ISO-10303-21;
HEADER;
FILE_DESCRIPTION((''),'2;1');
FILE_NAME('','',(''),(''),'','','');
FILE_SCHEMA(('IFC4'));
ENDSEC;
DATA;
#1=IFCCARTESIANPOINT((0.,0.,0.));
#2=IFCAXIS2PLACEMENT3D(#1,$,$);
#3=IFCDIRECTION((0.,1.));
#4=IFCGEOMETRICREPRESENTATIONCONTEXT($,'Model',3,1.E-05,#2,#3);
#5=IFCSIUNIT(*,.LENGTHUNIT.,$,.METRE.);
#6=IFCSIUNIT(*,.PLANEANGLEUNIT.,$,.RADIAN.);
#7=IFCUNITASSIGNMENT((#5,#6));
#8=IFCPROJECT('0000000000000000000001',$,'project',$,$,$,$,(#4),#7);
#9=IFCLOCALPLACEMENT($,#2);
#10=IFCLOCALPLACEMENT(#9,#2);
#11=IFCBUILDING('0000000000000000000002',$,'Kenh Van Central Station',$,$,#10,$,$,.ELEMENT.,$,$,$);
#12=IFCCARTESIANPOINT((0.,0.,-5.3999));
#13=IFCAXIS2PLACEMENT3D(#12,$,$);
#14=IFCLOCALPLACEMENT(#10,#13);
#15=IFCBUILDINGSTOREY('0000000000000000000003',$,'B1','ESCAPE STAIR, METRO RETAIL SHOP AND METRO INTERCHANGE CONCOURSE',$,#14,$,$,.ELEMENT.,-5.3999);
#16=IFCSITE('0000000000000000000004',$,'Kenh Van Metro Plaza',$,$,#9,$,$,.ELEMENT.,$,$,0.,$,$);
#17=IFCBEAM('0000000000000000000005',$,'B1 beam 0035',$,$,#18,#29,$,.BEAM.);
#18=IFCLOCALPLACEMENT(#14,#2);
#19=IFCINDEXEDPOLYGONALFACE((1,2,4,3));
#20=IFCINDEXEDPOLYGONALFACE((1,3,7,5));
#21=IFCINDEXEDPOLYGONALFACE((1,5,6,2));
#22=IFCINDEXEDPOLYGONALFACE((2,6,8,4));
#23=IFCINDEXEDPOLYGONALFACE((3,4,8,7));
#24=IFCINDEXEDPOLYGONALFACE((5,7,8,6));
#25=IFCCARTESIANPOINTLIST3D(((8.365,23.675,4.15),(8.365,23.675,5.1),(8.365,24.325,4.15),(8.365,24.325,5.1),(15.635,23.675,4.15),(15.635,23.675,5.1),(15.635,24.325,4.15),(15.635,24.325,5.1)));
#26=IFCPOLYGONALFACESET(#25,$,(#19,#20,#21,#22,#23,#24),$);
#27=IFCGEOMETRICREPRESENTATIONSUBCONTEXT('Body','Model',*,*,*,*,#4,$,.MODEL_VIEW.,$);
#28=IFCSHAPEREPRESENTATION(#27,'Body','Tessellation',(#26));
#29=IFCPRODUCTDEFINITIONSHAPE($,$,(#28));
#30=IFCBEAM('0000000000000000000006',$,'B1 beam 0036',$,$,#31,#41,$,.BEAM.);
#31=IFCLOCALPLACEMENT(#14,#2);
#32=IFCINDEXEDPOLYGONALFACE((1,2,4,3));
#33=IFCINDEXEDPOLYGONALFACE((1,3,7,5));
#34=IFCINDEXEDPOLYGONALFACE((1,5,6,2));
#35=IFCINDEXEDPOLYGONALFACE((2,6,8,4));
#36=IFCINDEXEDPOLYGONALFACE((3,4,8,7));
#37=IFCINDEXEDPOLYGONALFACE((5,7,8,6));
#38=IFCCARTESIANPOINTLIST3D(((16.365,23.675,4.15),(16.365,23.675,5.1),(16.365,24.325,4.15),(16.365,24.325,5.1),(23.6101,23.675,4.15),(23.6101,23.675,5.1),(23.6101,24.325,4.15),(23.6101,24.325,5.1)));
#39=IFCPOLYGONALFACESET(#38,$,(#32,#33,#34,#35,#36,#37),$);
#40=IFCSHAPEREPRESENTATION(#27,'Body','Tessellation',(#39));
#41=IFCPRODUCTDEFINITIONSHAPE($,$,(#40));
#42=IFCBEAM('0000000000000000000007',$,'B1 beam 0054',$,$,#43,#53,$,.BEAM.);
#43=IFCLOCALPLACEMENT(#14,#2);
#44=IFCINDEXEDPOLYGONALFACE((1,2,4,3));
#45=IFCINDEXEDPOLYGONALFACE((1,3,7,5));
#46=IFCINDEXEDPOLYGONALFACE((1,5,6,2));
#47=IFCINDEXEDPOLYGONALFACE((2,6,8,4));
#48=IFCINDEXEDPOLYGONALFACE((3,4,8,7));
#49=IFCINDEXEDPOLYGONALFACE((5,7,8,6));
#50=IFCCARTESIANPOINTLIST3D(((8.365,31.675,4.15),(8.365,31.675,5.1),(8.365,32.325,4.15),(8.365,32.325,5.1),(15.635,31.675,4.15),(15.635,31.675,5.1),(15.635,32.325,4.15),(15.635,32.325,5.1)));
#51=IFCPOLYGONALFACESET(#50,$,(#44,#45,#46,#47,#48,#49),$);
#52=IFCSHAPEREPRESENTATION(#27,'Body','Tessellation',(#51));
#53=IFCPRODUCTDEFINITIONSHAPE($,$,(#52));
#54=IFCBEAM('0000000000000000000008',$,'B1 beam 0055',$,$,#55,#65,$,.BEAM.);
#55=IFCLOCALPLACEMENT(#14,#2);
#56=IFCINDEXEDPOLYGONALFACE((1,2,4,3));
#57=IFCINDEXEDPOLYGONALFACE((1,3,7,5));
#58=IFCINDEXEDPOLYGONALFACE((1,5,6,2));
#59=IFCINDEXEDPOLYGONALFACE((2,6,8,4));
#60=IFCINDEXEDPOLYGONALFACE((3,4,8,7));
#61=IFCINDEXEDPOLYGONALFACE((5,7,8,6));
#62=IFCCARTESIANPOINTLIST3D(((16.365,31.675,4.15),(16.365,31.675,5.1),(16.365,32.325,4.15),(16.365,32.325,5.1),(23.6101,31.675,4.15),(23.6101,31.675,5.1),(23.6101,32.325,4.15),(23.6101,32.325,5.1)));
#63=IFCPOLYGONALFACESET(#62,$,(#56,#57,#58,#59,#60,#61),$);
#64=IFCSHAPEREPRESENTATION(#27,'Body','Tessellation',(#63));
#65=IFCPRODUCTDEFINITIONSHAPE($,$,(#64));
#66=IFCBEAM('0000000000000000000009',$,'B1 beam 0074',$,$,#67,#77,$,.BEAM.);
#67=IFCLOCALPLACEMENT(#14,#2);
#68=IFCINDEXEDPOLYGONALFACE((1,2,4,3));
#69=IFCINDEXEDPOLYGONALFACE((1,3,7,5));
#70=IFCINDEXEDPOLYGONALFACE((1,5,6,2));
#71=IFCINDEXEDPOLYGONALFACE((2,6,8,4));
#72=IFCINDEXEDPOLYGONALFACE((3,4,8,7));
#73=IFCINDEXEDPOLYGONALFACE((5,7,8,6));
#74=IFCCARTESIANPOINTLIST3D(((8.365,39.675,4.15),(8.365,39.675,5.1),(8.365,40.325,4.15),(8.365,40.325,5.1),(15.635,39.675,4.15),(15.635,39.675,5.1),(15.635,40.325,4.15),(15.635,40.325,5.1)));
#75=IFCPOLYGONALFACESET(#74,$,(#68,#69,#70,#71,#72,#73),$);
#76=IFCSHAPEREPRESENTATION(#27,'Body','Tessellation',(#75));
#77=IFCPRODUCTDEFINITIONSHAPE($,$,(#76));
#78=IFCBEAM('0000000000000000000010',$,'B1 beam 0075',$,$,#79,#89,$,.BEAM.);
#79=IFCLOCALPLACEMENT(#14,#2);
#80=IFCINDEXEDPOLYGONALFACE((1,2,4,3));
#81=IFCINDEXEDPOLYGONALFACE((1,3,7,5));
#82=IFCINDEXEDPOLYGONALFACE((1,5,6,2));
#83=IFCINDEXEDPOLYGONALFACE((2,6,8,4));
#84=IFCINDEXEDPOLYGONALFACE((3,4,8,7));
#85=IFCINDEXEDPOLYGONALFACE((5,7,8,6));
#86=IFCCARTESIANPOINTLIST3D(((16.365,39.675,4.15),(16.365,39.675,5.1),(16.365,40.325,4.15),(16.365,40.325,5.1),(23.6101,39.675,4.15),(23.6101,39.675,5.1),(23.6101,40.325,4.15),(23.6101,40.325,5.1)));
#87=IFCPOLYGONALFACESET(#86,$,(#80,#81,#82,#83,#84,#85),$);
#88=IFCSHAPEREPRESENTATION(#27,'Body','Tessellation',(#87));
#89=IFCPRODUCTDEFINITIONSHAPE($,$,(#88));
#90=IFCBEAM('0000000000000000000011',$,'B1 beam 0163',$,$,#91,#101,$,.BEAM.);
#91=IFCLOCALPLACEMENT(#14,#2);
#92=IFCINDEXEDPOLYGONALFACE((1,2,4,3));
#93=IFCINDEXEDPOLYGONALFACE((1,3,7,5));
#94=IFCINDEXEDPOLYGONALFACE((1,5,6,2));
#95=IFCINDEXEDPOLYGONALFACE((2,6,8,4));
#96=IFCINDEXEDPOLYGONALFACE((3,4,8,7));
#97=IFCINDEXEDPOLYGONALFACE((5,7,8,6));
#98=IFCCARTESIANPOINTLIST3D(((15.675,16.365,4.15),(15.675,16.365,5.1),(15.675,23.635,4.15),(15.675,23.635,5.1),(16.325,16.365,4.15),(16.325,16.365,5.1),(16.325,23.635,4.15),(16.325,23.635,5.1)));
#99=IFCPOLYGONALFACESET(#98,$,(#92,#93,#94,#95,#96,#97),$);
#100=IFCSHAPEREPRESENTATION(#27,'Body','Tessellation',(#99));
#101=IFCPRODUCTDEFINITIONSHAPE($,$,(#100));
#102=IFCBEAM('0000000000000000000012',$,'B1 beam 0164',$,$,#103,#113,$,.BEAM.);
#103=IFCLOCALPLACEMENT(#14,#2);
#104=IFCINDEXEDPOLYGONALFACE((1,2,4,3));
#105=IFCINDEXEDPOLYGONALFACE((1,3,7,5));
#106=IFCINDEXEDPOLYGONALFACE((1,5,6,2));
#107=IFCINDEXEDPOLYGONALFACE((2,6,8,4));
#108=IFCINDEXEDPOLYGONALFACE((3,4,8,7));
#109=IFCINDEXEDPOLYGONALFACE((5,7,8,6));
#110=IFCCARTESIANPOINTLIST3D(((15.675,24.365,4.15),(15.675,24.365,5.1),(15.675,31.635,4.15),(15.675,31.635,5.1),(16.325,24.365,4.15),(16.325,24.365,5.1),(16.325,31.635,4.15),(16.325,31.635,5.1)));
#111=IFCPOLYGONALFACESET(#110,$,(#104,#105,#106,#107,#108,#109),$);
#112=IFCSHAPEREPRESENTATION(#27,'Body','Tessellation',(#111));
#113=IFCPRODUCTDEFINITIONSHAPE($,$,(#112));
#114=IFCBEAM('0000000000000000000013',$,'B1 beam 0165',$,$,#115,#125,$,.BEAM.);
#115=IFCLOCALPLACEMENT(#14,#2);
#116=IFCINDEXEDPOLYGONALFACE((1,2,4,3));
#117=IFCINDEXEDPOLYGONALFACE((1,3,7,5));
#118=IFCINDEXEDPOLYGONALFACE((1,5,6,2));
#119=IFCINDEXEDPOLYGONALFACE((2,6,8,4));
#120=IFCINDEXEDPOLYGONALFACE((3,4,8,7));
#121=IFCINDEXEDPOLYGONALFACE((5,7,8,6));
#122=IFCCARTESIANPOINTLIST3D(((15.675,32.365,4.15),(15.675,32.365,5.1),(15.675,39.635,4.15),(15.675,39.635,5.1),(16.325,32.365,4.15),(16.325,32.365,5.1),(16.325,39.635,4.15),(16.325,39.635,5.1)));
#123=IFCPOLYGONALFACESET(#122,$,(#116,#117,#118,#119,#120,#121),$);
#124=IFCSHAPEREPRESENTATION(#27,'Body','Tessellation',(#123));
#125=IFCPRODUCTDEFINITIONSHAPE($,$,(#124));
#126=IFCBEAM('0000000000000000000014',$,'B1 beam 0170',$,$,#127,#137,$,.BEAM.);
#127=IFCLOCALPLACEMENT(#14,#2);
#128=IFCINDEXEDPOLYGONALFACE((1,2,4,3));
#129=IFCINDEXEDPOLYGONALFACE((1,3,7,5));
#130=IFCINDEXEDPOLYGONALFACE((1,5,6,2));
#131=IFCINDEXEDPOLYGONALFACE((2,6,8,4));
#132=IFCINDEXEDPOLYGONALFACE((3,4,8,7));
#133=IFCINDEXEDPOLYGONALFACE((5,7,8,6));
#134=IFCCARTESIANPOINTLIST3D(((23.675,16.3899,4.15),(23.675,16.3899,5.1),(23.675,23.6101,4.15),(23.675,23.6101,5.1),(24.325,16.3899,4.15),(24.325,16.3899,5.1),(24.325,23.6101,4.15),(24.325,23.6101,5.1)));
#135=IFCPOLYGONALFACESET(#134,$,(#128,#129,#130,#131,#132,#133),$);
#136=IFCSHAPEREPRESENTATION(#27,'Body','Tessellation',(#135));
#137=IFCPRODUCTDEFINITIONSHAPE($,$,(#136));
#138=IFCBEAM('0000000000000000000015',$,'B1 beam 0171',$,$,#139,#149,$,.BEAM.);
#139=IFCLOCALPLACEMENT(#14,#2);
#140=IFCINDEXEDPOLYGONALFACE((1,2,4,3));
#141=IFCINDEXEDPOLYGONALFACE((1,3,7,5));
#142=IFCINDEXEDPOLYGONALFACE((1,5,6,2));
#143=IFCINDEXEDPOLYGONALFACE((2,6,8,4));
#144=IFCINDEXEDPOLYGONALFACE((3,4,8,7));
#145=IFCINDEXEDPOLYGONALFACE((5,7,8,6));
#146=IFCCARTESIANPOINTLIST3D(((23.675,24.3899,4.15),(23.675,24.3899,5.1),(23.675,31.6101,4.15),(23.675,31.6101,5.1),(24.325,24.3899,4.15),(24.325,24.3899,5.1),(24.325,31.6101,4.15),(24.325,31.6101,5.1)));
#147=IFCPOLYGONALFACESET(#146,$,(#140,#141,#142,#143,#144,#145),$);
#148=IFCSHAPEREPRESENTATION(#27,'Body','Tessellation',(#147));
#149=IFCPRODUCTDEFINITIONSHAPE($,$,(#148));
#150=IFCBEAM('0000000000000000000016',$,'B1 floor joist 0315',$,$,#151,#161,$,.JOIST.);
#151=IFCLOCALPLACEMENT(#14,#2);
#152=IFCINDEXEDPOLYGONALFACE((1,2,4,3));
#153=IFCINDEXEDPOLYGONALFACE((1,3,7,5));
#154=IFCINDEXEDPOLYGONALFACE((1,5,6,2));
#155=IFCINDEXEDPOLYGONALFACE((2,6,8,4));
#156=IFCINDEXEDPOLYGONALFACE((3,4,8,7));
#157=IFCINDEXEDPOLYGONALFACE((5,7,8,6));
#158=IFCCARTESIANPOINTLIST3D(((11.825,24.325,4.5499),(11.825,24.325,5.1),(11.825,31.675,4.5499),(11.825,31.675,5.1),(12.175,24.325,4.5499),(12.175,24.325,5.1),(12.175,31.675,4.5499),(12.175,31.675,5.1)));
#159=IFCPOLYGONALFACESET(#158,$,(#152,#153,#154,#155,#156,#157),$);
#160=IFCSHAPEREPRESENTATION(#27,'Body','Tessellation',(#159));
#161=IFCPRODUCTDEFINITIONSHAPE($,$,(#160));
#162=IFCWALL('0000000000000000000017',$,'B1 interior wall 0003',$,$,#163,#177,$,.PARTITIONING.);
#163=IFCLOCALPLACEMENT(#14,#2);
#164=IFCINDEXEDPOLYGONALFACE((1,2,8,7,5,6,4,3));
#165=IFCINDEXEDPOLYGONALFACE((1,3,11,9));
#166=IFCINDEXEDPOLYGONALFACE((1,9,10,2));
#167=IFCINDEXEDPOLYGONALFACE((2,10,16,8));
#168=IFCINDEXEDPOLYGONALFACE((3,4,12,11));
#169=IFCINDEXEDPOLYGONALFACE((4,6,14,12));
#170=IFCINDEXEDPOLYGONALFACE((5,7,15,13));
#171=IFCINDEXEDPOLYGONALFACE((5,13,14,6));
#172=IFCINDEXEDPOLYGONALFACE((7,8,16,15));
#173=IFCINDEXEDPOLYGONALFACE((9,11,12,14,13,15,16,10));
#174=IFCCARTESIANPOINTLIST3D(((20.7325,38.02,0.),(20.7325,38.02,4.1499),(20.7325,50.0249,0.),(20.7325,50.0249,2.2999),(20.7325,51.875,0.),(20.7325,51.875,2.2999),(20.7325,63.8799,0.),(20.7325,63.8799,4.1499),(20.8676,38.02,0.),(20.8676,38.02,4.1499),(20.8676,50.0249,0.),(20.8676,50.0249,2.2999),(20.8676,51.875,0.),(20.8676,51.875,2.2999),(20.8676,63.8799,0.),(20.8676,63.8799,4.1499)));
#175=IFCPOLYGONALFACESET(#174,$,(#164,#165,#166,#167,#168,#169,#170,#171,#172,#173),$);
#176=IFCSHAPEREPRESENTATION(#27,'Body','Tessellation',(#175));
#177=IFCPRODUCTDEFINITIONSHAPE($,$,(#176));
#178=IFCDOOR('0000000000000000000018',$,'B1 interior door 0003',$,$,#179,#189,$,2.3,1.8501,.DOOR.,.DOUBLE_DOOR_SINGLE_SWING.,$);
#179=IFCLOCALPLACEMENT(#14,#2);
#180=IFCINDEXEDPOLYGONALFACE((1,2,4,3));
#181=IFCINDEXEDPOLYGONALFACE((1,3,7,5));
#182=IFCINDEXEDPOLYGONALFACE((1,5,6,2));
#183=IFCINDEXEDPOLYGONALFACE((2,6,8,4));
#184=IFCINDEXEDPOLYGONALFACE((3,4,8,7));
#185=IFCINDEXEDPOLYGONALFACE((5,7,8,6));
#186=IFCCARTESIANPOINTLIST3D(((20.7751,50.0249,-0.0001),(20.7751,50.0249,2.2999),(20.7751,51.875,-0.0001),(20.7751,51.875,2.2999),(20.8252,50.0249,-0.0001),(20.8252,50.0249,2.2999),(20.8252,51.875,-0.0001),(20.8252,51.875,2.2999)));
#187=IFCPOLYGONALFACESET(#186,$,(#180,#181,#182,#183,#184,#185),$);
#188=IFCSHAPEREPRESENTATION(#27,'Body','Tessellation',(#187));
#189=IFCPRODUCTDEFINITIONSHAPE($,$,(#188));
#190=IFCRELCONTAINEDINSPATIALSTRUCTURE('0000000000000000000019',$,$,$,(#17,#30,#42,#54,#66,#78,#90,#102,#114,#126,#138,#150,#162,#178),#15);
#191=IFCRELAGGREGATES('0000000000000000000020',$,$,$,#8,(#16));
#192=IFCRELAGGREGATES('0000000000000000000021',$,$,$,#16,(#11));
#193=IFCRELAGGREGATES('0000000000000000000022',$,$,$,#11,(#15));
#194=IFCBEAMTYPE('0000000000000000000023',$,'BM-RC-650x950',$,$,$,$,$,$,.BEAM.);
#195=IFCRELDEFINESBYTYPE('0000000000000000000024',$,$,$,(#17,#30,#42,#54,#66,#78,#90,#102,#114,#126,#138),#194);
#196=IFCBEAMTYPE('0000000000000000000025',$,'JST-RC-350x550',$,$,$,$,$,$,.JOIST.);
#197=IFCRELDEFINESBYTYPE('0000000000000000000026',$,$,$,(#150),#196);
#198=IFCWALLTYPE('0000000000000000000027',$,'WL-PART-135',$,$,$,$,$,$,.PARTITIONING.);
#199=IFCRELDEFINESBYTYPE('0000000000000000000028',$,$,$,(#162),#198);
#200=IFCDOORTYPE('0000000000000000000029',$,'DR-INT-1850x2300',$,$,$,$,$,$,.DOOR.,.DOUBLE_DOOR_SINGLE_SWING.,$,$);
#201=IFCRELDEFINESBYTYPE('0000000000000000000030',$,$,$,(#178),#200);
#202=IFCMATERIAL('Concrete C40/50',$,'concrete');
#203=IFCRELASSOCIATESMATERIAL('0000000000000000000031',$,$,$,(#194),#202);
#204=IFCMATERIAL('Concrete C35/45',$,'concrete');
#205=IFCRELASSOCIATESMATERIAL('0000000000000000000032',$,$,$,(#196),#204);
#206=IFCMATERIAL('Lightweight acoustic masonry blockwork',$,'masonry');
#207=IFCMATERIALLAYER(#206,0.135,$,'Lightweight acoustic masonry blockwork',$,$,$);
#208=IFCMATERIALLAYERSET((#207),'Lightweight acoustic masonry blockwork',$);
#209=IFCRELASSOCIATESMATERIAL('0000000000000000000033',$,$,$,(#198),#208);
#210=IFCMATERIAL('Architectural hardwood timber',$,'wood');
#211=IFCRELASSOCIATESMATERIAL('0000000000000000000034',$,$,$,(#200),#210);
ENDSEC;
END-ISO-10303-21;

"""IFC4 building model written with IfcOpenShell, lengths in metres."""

from ifc_helpers import new_model, si_unit, direction, frame, frame_2d, origin, origin_2d, place, context, subcontext, project, spatial, rectangle, extrude, material, layer, layer_set, material_profile, profile_set, type_object, element, fill, save


model = new_model("IFC4")

# Units and contexts
model_context = context("Model", 3, precision=1e-05, world=origin(), true_north=direction((0.0, 1.0)))
body_context = subcontext(model_context, "Body", "Model", "MODEL_VIEW")
ifc_project = project(units=[si_unit("LENGTHUNIT", "METRE"), si_unit("PLANEANGLEUNIT", "RADIAN")], contexts=[model_context])

# Site, building, storey
site_placement = place(None, origin())
site = spatial("IfcSite", under=ifc_project, at=site_placement, Name="Kenh Van Metro Plaza", CompositionType="ELEMENT", RefElevation=0.0)
building_placement = place(site_placement, origin())
building = spatial("IfcBuilding", under=site, at=building_placement, Name="Kenh Van Central Station", CompositionType="ELEMENT")
storey_placement = place(building_placement, frame((0.0, 0.0, -5.3999)))
storey = spatial("IfcBuildingStorey", under=building, at=storey_placement, Name="B1", Description="ESCAPE STAIR, METRO RETAIL SHOP AND METRO INTERCHANGE CONCOURSE", CompositionType="ELEMENT", Elevation=-5.3999)

# Shared definitions
ifc_material_1 = material(Name="Concrete C40/50", Category="concrete")

# Beams
ifc_material_profile_1 = material_profile(ifc_material_1, rectangle(XDim=0.6499, YDim=0.95, at=origin_2d()), Name="RC 650x950")
ifc_profile_set_1 = profile_set([ifc_material_profile_1], Name="Concrete C40/50")
beam_type_1 = type_object("IfcBeamType", Name="BM-RC-650x950", PredefinedType="BEAM", material=ifc_profile_set_1)
beam_1_placement = place(storey_placement, frame((8.365, 24.0, 4.625), z_axis=(1.0, 0.0, 0.0), x_axis=(0.0, 1.0, 0.0)))
element("IfcBeam", 1, at=beam_1_placement, inside=storey, type_object=beam_type_1, Name="B1 beam 0035", PredefinedType="BEAM", context=body_context, shape_type="SweptSolid", body=[
    extrude(rectangle(XDim=0.6499, YDim=0.95, at=origin_2d()), origin(), (0.0, 0.0, 1.0), 7.27),
])
beam_2_placement = place(storey_placement, frame((16.365, 24.0, 4.625), z_axis=(1.0, 0.0, 0.0), x_axis=(0.0, 1.0, 0.0)))
element("IfcBeam", 2, at=beam_2_placement, inside=storey, type_object=beam_type_1, Name="B1 beam 0036", PredefinedType="BEAM", context=body_context, shape_type="SweptSolid", body=[
    extrude(rectangle(XDim=0.6499, YDim=0.95, at=origin_2d()), origin(), (0.0, 0.0, 1.0), 7.2451),
])
beam_3_placement = place(storey_placement, frame((8.365, 32.0, 4.625), z_axis=(1.0, 0.0, 0.0), x_axis=(0.0, 1.0, 0.0)))
element("IfcBeam", 3, at=beam_3_placement, inside=storey, type_object=beam_type_1, Name="B1 beam 0054", PredefinedType="BEAM", context=body_context, shape_type="SweptSolid", body=[
    extrude(rectangle(XDim=0.6499, YDim=0.95, at=origin_2d()), origin(), (0.0, 0.0, 1.0), 7.27),
])
beam_4_placement = place(storey_placement, frame((16.365, 32.0, 4.625), z_axis=(1.0, 0.0, 0.0), x_axis=(0.0, 1.0, 0.0)))
element("IfcBeam", 4, at=beam_4_placement, inside=storey, type_object=beam_type_1, Name="B1 beam 0055", PredefinedType="BEAM", context=body_context, shape_type="SweptSolid", body=[
    extrude(rectangle(XDim=0.6499, YDim=0.95, at=origin_2d()), origin(), (0.0, 0.0, 1.0), 7.2451),
])
beam_5_placement = place(storey_placement, frame((8.365, 40.0, 4.625), z_axis=(1.0, 0.0, 0.0), x_axis=(0.0, 1.0, 0.0)))
element("IfcBeam", 5, at=beam_5_placement, inside=storey, type_object=beam_type_1, Name="B1 beam 0074", PredefinedType="BEAM", context=body_context, shape_type="SweptSolid", body=[
    extrude(rectangle(XDim=0.6499, YDim=0.95, at=origin_2d()), origin(), (0.0, 0.0, 1.0), 7.27),
])
beam_6_placement = place(storey_placement, frame((16.365, 40.0, 4.625), z_axis=(1.0, 0.0, 0.0), x_axis=(0.0, 1.0, 0.0)))
element("IfcBeam", 6, at=beam_6_placement, inside=storey, type_object=beam_type_1, Name="B1 beam 0075", PredefinedType="BEAM", context=body_context, shape_type="SweptSolid", body=[
    extrude(rectangle(XDim=0.6499, YDim=0.95, at=origin_2d()), origin(), (0.0, 0.0, 1.0), 7.2451),
])
for number, where, z_axis, x_axis, name in (
    (7, (16.0, 16.365, 4.625), (0.0, 1.0, 0.0), (-1.0, 0.0, 0.0), "B1 beam 0163"),
    (8, (16.0, 24.365, 4.625), (0.0, 1.0, 0.0), (-1.0, 0.0, 0.0), "B1 beam 0164"),
    (9, (16.0, 32.365, 4.625), (0.0, 1.0, 0.0), (-1.0, 0.0, 0.0), "B1 beam 0165"),
):
    element("IfcBeam", number, at=place(storey_placement, frame(where, z_axis=z_axis, x_axis=x_axis)), inside=storey, type_object=beam_type_1, Name=name, PredefinedType="BEAM", context=body_context, shape_type="SweptSolid", body=[
        extrude(rectangle(XDim=0.6499, YDim=0.95, at=origin_2d()), origin(), (0.0, 0.0, 1.0), 7.27),
    ])
for number, where, z_axis, x_axis, name in (
    (10, (24.0, 16.3899, 4.625), (0.0, 1.0, 0.0), (-1.0, 0.0, 0.0), "B1 beam 0170"),
    (11, (24.0, 24.3899, 4.625), (0.0, 1.0, 0.0), (-1.0, 0.0, 0.0), "B1 beam 0171"),
):
    element("IfcBeam", number, at=place(storey_placement, frame(where, z_axis=z_axis, x_axis=x_axis)), inside=storey, type_object=beam_type_1, Name=name, PredefinedType="BEAM", context=body_context, shape_type="SweptSolid", body=[
        extrude(rectangle(XDim=0.6499, YDim=0.95, at=origin_2d()), origin(), (0.0, 0.0, 1.0), 7.2202),
    ])
ifc_material_2 = material(Name="Concrete C35/45", Category="concrete")
ifc_material_profile_2 = material_profile(ifc_material_2, rectangle(XDim=0.3501, YDim=0.55, at=origin_2d()), Name="RC 350x550")
ifc_profile_set_2 = profile_set([ifc_material_profile_2], Name="Concrete C35/45")
beam_type_2 = type_object("IfcBeamType", Name="JST-RC-350x550", PredefinedType="JOIST", material=ifc_profile_set_2)
beam_7_placement = place(storey_placement, frame((12.0, 24.325, 4.825), z_axis=(0.0, 1.0, 0.0), x_axis=(-1.0, 0.0, 0.0)))
element("IfcBeam", 12, at=beam_7_placement, inside=storey, type_object=beam_type_2, Name="B1 floor joist 0315", PredefinedType="JOIST", context=body_context, shape_type="SweptSolid", body=[
    extrude(rectangle(XDim=0.3501, YDim=0.55, at=origin_2d()), origin(), (0.0, 0.0, 1.0), 7.3501),
])

# Wall, opening, door
ifc_material_3 = material(Name="Lightweight acoustic masonry blockwork", Category="masonry")
ifc_layer_1 = layer(ifc_material_3, 0.135, Name="Lightweight acoustic masonry blockwork")
ifc_layer_set_1 = layer_set([ifc_layer_1], Name="Lightweight acoustic masonry blockwork")
wall_type_1 = type_object("IfcWallType", Name="WL-PART-135", PredefinedType="PARTITIONING", material=ifc_layer_set_1)
wall_1_placement = place(storey_placement, frame((20.8, 38.02, 0.0), z_axis=(0.0, 0.0, 1.0), x_axis=(0.0, 1.0, 0.0)))
wall_1 = element("IfcWall", 13, at=wall_1_placement, inside=storey, type_object=wall_type_1, Name="B1 interior wall 0003", PredefinedType="PARTITIONING", context=body_context, shape_type="SweptSolid", body=[
    extrude(rectangle(XDim=25.8599, YDim=0.135, at=frame_2d((12.9299, 0.0))), origin(), (0.0, 0.0, 1.0), 4.1499),
])
opening_1_placement = place(wall_1_placement, frame((12.0049, 0.0, 0.0)))
opening_1 = element("IfcOpeningElement", 14, at=opening_1_placement, cuts=wall_1, PredefinedType="OPENING", context=body_context, shape_type="SweptSolid", body=[
    extrude(rectangle(XDim=1.8501, YDim=2.3, at=frame_2d((0.925, 1.1499))), frame((0.0, 0.0774, 0.0), z_axis=(0.0, -1.0, 0.0), x_axis=(1.0, 0.0, 0.0)), (0.0, 0.0, 1.0), 0.155),
])
ifc_material_4 = material(Name="Architectural hardwood timber", Category="wood")
door_type = type_object("IfcDoorType", Name="DR-INT-1850x2300", OperationType="DOUBLE_DOOR_SINGLE_SWING", PredefinedType="DOOR", material=ifc_material_4)
door_1_placement = place(opening_1_placement, origin())
door_1 = element("IfcDoor", 15, at=door_1_placement, inside=storey, type_object=door_type, Name="B1 interior door 0003", OperationType="DOUBLE_DOOR_SINGLE_SWING", OverallHeight=2.3, OverallWidth=1.8501, PredefinedType="DOOR", context=body_context, shape_type="SweptSolid", body=[
    extrude(rectangle(XDim=1.8501, YDim=2.3, at=frame_2d((0.925, 1.1499))), frame((0.0, 0.0249, 0.0), z_axis=(0.0, -1.0, 0.0), x_axis=(1.0, 0.0, 0.0)), (0.0, 0.0, 1.0), 0.05),
])
fill(opening_1, door_1)

save(model, "model.ifc")
